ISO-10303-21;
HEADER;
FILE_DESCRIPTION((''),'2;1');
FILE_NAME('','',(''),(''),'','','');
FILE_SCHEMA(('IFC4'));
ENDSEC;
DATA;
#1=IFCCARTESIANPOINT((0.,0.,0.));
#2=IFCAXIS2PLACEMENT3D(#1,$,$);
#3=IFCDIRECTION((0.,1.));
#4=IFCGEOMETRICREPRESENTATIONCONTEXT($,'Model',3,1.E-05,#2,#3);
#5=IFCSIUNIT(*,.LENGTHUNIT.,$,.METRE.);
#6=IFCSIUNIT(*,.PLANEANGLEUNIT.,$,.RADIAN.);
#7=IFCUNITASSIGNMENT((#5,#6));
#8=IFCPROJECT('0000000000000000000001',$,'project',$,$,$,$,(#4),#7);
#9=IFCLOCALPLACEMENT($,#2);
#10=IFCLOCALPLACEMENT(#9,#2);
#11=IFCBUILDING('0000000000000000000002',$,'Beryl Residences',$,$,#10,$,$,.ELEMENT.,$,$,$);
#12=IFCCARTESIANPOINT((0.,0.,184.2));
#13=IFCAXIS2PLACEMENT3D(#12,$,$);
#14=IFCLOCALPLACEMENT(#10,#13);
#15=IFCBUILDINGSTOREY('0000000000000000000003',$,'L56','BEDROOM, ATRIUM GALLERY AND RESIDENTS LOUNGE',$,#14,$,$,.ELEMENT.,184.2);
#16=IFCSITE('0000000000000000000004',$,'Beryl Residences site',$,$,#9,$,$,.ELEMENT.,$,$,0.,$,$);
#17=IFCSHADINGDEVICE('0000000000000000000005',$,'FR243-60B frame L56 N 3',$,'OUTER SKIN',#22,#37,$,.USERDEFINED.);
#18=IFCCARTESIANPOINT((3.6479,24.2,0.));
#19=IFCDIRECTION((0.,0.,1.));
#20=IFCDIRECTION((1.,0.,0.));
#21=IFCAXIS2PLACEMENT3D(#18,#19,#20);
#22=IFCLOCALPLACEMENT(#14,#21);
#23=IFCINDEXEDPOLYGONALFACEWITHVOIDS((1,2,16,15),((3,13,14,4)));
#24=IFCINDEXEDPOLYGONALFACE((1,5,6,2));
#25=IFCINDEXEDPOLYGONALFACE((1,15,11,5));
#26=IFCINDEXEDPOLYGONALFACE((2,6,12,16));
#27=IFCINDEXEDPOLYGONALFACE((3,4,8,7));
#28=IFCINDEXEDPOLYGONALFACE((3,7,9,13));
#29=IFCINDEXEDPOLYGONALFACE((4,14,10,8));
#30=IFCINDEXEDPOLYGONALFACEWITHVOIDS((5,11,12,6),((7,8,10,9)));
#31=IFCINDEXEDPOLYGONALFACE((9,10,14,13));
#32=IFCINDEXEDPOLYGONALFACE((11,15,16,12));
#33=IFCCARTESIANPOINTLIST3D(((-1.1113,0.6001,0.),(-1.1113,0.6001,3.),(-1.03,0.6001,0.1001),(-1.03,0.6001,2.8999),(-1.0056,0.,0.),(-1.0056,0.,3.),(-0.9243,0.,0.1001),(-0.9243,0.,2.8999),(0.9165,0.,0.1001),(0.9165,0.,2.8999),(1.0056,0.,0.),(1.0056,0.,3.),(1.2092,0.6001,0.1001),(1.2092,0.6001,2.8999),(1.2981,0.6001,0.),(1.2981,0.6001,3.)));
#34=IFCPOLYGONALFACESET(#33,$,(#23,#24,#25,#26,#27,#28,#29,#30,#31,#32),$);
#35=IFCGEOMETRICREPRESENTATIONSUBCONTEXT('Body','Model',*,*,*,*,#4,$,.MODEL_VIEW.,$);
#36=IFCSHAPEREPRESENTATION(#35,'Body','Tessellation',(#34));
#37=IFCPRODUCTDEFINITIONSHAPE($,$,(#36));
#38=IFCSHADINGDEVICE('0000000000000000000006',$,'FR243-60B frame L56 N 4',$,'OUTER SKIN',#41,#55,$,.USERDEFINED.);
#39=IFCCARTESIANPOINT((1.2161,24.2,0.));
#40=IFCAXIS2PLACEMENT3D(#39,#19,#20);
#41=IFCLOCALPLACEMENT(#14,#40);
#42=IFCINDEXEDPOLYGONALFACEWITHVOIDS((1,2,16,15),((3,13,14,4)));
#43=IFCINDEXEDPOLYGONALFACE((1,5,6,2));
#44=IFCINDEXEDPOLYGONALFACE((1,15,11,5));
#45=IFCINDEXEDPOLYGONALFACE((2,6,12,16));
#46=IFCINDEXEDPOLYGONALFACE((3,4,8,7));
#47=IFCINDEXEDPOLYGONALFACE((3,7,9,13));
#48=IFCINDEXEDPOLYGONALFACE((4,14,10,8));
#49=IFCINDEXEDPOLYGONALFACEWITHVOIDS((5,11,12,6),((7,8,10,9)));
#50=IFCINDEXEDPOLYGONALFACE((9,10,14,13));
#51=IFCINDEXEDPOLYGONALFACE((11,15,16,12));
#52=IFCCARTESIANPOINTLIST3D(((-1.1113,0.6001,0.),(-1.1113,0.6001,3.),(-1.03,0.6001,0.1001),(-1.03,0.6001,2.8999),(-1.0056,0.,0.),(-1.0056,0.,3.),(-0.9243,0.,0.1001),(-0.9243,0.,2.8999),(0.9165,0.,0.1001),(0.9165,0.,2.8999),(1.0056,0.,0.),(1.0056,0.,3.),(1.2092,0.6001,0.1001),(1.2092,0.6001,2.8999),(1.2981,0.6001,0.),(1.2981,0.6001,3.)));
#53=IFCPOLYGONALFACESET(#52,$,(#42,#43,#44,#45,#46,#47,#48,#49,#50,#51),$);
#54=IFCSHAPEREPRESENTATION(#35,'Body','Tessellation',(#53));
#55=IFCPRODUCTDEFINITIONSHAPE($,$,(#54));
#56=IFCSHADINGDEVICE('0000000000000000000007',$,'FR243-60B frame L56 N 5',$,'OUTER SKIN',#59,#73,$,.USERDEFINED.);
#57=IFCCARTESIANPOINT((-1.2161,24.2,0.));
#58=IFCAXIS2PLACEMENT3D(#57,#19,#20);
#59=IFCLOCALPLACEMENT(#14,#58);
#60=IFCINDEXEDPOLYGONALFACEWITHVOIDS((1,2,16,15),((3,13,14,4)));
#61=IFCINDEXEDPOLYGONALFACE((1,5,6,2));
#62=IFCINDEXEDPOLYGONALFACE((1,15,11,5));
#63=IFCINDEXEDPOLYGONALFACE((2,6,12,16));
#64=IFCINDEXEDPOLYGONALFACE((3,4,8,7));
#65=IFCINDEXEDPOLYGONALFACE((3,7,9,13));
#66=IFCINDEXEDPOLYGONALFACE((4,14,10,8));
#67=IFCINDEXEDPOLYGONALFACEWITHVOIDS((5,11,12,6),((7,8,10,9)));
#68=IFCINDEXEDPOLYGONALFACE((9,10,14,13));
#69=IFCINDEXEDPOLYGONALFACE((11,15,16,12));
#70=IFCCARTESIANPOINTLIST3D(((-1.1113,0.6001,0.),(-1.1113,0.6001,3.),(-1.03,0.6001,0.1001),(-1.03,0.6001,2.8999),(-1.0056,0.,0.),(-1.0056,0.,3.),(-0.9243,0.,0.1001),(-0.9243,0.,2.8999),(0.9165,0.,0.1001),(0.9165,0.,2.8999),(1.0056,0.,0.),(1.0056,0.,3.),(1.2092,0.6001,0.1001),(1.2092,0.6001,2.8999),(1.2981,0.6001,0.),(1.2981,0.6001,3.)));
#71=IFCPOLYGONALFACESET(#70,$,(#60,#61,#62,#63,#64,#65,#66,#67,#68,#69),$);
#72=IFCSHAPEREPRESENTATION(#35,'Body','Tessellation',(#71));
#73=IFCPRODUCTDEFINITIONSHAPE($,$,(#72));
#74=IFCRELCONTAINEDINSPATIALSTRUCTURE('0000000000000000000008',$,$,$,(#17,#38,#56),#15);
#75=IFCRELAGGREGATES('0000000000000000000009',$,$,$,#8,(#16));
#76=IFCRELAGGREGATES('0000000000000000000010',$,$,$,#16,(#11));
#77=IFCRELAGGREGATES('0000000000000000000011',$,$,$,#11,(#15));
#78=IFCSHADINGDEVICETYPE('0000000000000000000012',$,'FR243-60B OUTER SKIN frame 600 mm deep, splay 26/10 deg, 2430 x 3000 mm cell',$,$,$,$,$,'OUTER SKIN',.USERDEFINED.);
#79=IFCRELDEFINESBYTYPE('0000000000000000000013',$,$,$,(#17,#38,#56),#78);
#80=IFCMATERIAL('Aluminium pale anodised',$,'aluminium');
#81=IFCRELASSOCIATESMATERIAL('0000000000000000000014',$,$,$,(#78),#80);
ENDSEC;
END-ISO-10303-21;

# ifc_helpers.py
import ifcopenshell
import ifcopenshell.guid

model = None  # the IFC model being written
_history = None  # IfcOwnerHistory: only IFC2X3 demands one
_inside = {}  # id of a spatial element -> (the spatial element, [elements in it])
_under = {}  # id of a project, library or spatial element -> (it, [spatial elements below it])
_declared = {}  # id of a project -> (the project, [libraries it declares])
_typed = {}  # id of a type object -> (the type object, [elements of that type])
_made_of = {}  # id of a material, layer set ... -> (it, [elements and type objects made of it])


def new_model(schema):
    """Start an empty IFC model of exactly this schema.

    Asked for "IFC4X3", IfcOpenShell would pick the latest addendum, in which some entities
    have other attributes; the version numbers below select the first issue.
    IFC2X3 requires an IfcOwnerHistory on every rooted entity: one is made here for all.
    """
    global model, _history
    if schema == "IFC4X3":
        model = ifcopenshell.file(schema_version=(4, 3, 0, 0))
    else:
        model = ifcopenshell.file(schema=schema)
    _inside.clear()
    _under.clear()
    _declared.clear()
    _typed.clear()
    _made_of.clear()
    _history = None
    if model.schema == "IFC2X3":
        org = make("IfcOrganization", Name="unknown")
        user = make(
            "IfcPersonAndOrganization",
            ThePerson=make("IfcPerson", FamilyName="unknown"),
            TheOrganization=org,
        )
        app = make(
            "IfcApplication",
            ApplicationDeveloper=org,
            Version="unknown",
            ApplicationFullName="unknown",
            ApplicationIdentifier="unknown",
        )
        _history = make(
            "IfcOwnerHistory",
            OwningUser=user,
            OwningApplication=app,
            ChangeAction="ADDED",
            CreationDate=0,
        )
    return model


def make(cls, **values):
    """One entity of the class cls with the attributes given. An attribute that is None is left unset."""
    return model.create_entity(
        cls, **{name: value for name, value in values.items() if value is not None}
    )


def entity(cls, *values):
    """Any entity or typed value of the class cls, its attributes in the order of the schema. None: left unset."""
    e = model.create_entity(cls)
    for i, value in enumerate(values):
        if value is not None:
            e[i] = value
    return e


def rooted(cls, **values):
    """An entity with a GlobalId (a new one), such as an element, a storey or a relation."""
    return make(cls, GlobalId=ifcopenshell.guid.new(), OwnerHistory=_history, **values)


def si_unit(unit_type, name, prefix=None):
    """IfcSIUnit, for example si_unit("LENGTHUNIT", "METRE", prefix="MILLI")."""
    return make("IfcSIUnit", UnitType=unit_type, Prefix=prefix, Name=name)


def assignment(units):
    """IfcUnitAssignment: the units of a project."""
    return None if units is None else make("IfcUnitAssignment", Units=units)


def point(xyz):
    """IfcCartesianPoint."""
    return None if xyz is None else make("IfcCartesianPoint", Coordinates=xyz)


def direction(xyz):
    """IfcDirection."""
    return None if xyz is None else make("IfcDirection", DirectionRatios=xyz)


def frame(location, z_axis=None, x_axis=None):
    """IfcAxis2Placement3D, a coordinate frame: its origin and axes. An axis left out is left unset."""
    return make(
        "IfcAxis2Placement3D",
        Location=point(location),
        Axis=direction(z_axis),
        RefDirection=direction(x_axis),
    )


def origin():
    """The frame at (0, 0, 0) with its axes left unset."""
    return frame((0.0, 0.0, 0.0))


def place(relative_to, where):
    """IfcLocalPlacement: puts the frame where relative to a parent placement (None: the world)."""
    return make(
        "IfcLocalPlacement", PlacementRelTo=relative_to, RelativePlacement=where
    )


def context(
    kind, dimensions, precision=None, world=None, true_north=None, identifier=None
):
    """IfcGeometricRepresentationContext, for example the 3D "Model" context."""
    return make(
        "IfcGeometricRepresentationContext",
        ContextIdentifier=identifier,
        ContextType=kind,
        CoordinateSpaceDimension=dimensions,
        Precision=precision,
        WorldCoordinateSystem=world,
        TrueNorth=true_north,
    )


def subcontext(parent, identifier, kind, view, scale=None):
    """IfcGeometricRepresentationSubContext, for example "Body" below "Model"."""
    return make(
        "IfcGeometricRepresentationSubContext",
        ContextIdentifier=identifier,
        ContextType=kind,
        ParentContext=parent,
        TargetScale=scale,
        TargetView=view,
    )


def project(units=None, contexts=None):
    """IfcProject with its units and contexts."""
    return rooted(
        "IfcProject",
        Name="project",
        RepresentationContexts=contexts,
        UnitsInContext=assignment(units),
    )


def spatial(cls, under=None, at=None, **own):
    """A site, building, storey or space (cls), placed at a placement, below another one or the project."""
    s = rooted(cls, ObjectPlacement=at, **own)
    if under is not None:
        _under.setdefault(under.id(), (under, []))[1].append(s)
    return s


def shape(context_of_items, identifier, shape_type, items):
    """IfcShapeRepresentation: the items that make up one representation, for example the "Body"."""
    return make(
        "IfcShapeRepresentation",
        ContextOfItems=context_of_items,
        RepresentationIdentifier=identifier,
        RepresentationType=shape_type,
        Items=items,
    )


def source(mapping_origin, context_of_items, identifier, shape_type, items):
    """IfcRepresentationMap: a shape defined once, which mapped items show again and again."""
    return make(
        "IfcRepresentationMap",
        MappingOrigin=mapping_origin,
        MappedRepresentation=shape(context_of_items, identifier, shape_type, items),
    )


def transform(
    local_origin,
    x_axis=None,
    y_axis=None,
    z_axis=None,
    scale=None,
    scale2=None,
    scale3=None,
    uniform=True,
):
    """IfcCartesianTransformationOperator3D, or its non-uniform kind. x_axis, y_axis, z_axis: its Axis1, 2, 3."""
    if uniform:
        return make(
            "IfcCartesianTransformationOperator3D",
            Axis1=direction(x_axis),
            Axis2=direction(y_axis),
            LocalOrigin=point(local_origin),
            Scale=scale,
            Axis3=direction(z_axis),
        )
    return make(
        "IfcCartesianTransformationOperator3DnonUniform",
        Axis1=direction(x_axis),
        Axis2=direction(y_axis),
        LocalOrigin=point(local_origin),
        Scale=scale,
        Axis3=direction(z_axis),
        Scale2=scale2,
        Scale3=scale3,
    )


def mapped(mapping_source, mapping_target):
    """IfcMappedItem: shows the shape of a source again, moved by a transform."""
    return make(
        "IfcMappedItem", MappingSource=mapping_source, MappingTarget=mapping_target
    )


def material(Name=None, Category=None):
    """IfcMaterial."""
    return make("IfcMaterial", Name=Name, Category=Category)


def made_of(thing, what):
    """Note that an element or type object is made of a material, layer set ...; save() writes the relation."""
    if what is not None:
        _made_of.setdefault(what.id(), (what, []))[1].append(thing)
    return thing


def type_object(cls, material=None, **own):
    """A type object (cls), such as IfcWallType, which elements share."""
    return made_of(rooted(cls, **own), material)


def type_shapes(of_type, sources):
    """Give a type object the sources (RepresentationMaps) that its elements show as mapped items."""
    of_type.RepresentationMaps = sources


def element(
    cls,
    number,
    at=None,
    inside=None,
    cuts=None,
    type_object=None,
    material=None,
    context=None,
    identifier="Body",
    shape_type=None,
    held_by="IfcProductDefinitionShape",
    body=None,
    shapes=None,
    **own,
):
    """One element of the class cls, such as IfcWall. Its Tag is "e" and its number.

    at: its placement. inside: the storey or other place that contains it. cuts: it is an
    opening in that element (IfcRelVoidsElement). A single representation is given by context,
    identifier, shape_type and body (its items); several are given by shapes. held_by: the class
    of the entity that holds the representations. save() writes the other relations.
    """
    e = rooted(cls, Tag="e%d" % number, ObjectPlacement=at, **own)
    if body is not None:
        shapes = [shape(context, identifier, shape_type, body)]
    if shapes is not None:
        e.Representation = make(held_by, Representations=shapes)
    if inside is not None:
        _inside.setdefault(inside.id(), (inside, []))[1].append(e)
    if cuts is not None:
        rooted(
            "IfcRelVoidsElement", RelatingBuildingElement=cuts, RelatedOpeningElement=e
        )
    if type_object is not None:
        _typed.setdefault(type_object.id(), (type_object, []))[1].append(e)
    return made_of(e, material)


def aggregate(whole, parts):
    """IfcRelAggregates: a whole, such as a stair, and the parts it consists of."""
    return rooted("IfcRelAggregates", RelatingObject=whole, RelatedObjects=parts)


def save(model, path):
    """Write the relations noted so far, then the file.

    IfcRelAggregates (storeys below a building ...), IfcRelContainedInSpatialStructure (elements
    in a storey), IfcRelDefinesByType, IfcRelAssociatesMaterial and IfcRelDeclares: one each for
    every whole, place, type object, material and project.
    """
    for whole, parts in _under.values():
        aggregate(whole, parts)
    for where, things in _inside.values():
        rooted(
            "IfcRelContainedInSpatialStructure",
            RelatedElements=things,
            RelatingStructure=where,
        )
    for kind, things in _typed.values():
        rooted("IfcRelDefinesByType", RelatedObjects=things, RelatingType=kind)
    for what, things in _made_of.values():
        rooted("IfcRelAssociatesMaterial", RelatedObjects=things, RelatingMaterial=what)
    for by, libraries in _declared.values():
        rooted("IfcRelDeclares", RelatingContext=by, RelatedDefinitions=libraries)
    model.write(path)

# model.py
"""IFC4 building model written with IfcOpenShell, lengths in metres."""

from ifc_helpers import new_model, entity, si_unit, direction, frame, origin, place, context, subcontext, project, spatial, source, transform, mapped, material, type_object, type_shapes, element, save


model = new_model("IFC4")

# Units and contexts
model_context = context("Model", 3, precision=1e-05, world=origin(), true_north=direction((0.0, 1.0)))
body_context = subcontext(model_context, "Body", "Model", "MODEL_VIEW")
ifc_project = project(units=[si_unit("LENGTHUNIT", "METRE"), si_unit("PLANEANGLEUNIT", "RADIAN")], contexts=[model_context])

# Site, building, storey
site_placement = place(None, origin())
site = spatial("IfcSite", under=ifc_project, at=site_placement, Name="Beryl Residences site", CompositionType="ELEMENT", RefElevation=0.0)
building_placement = place(site_placement, origin())
building = spatial("IfcBuilding", under=site, at=building_placement, Name="Beryl Residences", CompositionType="ELEMENT")
storey_placement = place(building_placement, frame((0.0, 0.0, 184.2)))
storey = spatial("IfcBuildingStorey", under=building, at=storey_placement, Name="L56", Description="BEDROOM, ATRIUM GALLERY AND RESIDENTS LOUNGE", CompositionType="ELEMENT", Elevation=184.2)

# Shading devices
ifc_material_1 = material(Name="Aluminium pale anodised", Category="aluminium")
shading_device_type = type_object("IfcShadingDeviceType", Name="FR243-60B OUTER SKIN frame 600 mm deep, splay 26/10 deg, 2430 x 3000 mm cell", ElementType="OUTER SKIN", PredefinedType="USERDEFINED", material=ifc_material_1)
cartesian_point_1 = entity("IfcCartesianPoint", [-1.0056, 0.0])
cartesian_point_2 = entity("IfcCartesianPoint", [-0.9165, 0.1001])
cartesian_point_3 = entity("IfcCartesianPoint", [-1.2981, 0.0])
cartesian_point_4 = entity("IfcCartesianPoint", [-1.2092, 0.1001])
shared_shape_1 = source(origin(), body_context, "Body", "SweptSolid", [
    entity("IfcExtrudedAreaSolidTapered", entity("IfcArbitraryProfileDefWithVoids", "AREA", None, entity("IfcPolyline", [cartesian_point_1, entity("IfcCartesianPoint", [1.0056, 0.0]), entity("IfcCartesianPoint", [1.0056, 3.0]), entity("IfcCartesianPoint", [-1.0056, 3.0]), cartesian_point_1]), [entity("IfcPolyline", [cartesian_point_2, entity("IfcCartesianPoint", [0.9243, 0.1001]), entity("IfcCartesianPoint", [0.9243, 2.8999]), entity("IfcCartesianPoint", [-0.9165, 2.8999]), cartesian_point_2])]), entity("IfcAxis2Placement3D", entity("IfcCartesianPoint", [0.0, 0.0, 0.0]), entity("IfcDirection", [0.0, 1.0, 0.0]), entity("IfcDirection", [-1.0, 0.0, 0.0])), entity("IfcDirection", [0.0, 0.0, 1.0]), 0.6001, entity("IfcArbitraryProfileDefWithVoids", "AREA", None, entity("IfcPolyline", [cartesian_point_3, entity("IfcCartesianPoint", [1.1113, 0.0]), entity("IfcCartesianPoint", [1.1113, 3.0]), entity("IfcCartesianPoint", [-1.2981, 3.0]), cartesian_point_3]), [entity("IfcPolyline", [cartesian_point_4, entity("IfcCartesianPoint", [1.03, 0.1001]), entity("IfcCartesianPoint", [1.03, 2.8999]), entity("IfcCartesianPoint", [-1.2092, 2.8999]), cartesian_point_4])])),
])
type_shapes(shading_device_type, [shared_shape_1])
for number, where, z_axis, x_axis, name in (
    (1, (3.6479, 24.2, 0.0), (0.0, 0.0, 1.0), (1.0, 0.0, 0.0), "FR243-60B frame L56 N 3"),
    (2, (1.2161, 24.2, 0.0), (0.0, 0.0, 1.0), (1.0, 0.0, 0.0), "FR243-60B frame L56 N 4"),
    (3, (-1.2161, 24.2, 0.0), (0.0, 0.0, 1.0), (1.0, 0.0, 0.0), "FR243-60B frame L56 N 5"),
):
    element("IfcShadingDevice", number, at=place(storey_placement, frame(where, z_axis=z_axis, x_axis=x_axis)), inside=storey, type_object=shading_device_type, Name=name, ObjectType="OUTER SKIN", PredefinedType="USERDEFINED", context=body_context, shape_type="MappedRepresentation", body=[
        mapped(shared_shape_1, transform((0.0, 0.0, 0.0))),
    ])

save(model, "model.ifc")
